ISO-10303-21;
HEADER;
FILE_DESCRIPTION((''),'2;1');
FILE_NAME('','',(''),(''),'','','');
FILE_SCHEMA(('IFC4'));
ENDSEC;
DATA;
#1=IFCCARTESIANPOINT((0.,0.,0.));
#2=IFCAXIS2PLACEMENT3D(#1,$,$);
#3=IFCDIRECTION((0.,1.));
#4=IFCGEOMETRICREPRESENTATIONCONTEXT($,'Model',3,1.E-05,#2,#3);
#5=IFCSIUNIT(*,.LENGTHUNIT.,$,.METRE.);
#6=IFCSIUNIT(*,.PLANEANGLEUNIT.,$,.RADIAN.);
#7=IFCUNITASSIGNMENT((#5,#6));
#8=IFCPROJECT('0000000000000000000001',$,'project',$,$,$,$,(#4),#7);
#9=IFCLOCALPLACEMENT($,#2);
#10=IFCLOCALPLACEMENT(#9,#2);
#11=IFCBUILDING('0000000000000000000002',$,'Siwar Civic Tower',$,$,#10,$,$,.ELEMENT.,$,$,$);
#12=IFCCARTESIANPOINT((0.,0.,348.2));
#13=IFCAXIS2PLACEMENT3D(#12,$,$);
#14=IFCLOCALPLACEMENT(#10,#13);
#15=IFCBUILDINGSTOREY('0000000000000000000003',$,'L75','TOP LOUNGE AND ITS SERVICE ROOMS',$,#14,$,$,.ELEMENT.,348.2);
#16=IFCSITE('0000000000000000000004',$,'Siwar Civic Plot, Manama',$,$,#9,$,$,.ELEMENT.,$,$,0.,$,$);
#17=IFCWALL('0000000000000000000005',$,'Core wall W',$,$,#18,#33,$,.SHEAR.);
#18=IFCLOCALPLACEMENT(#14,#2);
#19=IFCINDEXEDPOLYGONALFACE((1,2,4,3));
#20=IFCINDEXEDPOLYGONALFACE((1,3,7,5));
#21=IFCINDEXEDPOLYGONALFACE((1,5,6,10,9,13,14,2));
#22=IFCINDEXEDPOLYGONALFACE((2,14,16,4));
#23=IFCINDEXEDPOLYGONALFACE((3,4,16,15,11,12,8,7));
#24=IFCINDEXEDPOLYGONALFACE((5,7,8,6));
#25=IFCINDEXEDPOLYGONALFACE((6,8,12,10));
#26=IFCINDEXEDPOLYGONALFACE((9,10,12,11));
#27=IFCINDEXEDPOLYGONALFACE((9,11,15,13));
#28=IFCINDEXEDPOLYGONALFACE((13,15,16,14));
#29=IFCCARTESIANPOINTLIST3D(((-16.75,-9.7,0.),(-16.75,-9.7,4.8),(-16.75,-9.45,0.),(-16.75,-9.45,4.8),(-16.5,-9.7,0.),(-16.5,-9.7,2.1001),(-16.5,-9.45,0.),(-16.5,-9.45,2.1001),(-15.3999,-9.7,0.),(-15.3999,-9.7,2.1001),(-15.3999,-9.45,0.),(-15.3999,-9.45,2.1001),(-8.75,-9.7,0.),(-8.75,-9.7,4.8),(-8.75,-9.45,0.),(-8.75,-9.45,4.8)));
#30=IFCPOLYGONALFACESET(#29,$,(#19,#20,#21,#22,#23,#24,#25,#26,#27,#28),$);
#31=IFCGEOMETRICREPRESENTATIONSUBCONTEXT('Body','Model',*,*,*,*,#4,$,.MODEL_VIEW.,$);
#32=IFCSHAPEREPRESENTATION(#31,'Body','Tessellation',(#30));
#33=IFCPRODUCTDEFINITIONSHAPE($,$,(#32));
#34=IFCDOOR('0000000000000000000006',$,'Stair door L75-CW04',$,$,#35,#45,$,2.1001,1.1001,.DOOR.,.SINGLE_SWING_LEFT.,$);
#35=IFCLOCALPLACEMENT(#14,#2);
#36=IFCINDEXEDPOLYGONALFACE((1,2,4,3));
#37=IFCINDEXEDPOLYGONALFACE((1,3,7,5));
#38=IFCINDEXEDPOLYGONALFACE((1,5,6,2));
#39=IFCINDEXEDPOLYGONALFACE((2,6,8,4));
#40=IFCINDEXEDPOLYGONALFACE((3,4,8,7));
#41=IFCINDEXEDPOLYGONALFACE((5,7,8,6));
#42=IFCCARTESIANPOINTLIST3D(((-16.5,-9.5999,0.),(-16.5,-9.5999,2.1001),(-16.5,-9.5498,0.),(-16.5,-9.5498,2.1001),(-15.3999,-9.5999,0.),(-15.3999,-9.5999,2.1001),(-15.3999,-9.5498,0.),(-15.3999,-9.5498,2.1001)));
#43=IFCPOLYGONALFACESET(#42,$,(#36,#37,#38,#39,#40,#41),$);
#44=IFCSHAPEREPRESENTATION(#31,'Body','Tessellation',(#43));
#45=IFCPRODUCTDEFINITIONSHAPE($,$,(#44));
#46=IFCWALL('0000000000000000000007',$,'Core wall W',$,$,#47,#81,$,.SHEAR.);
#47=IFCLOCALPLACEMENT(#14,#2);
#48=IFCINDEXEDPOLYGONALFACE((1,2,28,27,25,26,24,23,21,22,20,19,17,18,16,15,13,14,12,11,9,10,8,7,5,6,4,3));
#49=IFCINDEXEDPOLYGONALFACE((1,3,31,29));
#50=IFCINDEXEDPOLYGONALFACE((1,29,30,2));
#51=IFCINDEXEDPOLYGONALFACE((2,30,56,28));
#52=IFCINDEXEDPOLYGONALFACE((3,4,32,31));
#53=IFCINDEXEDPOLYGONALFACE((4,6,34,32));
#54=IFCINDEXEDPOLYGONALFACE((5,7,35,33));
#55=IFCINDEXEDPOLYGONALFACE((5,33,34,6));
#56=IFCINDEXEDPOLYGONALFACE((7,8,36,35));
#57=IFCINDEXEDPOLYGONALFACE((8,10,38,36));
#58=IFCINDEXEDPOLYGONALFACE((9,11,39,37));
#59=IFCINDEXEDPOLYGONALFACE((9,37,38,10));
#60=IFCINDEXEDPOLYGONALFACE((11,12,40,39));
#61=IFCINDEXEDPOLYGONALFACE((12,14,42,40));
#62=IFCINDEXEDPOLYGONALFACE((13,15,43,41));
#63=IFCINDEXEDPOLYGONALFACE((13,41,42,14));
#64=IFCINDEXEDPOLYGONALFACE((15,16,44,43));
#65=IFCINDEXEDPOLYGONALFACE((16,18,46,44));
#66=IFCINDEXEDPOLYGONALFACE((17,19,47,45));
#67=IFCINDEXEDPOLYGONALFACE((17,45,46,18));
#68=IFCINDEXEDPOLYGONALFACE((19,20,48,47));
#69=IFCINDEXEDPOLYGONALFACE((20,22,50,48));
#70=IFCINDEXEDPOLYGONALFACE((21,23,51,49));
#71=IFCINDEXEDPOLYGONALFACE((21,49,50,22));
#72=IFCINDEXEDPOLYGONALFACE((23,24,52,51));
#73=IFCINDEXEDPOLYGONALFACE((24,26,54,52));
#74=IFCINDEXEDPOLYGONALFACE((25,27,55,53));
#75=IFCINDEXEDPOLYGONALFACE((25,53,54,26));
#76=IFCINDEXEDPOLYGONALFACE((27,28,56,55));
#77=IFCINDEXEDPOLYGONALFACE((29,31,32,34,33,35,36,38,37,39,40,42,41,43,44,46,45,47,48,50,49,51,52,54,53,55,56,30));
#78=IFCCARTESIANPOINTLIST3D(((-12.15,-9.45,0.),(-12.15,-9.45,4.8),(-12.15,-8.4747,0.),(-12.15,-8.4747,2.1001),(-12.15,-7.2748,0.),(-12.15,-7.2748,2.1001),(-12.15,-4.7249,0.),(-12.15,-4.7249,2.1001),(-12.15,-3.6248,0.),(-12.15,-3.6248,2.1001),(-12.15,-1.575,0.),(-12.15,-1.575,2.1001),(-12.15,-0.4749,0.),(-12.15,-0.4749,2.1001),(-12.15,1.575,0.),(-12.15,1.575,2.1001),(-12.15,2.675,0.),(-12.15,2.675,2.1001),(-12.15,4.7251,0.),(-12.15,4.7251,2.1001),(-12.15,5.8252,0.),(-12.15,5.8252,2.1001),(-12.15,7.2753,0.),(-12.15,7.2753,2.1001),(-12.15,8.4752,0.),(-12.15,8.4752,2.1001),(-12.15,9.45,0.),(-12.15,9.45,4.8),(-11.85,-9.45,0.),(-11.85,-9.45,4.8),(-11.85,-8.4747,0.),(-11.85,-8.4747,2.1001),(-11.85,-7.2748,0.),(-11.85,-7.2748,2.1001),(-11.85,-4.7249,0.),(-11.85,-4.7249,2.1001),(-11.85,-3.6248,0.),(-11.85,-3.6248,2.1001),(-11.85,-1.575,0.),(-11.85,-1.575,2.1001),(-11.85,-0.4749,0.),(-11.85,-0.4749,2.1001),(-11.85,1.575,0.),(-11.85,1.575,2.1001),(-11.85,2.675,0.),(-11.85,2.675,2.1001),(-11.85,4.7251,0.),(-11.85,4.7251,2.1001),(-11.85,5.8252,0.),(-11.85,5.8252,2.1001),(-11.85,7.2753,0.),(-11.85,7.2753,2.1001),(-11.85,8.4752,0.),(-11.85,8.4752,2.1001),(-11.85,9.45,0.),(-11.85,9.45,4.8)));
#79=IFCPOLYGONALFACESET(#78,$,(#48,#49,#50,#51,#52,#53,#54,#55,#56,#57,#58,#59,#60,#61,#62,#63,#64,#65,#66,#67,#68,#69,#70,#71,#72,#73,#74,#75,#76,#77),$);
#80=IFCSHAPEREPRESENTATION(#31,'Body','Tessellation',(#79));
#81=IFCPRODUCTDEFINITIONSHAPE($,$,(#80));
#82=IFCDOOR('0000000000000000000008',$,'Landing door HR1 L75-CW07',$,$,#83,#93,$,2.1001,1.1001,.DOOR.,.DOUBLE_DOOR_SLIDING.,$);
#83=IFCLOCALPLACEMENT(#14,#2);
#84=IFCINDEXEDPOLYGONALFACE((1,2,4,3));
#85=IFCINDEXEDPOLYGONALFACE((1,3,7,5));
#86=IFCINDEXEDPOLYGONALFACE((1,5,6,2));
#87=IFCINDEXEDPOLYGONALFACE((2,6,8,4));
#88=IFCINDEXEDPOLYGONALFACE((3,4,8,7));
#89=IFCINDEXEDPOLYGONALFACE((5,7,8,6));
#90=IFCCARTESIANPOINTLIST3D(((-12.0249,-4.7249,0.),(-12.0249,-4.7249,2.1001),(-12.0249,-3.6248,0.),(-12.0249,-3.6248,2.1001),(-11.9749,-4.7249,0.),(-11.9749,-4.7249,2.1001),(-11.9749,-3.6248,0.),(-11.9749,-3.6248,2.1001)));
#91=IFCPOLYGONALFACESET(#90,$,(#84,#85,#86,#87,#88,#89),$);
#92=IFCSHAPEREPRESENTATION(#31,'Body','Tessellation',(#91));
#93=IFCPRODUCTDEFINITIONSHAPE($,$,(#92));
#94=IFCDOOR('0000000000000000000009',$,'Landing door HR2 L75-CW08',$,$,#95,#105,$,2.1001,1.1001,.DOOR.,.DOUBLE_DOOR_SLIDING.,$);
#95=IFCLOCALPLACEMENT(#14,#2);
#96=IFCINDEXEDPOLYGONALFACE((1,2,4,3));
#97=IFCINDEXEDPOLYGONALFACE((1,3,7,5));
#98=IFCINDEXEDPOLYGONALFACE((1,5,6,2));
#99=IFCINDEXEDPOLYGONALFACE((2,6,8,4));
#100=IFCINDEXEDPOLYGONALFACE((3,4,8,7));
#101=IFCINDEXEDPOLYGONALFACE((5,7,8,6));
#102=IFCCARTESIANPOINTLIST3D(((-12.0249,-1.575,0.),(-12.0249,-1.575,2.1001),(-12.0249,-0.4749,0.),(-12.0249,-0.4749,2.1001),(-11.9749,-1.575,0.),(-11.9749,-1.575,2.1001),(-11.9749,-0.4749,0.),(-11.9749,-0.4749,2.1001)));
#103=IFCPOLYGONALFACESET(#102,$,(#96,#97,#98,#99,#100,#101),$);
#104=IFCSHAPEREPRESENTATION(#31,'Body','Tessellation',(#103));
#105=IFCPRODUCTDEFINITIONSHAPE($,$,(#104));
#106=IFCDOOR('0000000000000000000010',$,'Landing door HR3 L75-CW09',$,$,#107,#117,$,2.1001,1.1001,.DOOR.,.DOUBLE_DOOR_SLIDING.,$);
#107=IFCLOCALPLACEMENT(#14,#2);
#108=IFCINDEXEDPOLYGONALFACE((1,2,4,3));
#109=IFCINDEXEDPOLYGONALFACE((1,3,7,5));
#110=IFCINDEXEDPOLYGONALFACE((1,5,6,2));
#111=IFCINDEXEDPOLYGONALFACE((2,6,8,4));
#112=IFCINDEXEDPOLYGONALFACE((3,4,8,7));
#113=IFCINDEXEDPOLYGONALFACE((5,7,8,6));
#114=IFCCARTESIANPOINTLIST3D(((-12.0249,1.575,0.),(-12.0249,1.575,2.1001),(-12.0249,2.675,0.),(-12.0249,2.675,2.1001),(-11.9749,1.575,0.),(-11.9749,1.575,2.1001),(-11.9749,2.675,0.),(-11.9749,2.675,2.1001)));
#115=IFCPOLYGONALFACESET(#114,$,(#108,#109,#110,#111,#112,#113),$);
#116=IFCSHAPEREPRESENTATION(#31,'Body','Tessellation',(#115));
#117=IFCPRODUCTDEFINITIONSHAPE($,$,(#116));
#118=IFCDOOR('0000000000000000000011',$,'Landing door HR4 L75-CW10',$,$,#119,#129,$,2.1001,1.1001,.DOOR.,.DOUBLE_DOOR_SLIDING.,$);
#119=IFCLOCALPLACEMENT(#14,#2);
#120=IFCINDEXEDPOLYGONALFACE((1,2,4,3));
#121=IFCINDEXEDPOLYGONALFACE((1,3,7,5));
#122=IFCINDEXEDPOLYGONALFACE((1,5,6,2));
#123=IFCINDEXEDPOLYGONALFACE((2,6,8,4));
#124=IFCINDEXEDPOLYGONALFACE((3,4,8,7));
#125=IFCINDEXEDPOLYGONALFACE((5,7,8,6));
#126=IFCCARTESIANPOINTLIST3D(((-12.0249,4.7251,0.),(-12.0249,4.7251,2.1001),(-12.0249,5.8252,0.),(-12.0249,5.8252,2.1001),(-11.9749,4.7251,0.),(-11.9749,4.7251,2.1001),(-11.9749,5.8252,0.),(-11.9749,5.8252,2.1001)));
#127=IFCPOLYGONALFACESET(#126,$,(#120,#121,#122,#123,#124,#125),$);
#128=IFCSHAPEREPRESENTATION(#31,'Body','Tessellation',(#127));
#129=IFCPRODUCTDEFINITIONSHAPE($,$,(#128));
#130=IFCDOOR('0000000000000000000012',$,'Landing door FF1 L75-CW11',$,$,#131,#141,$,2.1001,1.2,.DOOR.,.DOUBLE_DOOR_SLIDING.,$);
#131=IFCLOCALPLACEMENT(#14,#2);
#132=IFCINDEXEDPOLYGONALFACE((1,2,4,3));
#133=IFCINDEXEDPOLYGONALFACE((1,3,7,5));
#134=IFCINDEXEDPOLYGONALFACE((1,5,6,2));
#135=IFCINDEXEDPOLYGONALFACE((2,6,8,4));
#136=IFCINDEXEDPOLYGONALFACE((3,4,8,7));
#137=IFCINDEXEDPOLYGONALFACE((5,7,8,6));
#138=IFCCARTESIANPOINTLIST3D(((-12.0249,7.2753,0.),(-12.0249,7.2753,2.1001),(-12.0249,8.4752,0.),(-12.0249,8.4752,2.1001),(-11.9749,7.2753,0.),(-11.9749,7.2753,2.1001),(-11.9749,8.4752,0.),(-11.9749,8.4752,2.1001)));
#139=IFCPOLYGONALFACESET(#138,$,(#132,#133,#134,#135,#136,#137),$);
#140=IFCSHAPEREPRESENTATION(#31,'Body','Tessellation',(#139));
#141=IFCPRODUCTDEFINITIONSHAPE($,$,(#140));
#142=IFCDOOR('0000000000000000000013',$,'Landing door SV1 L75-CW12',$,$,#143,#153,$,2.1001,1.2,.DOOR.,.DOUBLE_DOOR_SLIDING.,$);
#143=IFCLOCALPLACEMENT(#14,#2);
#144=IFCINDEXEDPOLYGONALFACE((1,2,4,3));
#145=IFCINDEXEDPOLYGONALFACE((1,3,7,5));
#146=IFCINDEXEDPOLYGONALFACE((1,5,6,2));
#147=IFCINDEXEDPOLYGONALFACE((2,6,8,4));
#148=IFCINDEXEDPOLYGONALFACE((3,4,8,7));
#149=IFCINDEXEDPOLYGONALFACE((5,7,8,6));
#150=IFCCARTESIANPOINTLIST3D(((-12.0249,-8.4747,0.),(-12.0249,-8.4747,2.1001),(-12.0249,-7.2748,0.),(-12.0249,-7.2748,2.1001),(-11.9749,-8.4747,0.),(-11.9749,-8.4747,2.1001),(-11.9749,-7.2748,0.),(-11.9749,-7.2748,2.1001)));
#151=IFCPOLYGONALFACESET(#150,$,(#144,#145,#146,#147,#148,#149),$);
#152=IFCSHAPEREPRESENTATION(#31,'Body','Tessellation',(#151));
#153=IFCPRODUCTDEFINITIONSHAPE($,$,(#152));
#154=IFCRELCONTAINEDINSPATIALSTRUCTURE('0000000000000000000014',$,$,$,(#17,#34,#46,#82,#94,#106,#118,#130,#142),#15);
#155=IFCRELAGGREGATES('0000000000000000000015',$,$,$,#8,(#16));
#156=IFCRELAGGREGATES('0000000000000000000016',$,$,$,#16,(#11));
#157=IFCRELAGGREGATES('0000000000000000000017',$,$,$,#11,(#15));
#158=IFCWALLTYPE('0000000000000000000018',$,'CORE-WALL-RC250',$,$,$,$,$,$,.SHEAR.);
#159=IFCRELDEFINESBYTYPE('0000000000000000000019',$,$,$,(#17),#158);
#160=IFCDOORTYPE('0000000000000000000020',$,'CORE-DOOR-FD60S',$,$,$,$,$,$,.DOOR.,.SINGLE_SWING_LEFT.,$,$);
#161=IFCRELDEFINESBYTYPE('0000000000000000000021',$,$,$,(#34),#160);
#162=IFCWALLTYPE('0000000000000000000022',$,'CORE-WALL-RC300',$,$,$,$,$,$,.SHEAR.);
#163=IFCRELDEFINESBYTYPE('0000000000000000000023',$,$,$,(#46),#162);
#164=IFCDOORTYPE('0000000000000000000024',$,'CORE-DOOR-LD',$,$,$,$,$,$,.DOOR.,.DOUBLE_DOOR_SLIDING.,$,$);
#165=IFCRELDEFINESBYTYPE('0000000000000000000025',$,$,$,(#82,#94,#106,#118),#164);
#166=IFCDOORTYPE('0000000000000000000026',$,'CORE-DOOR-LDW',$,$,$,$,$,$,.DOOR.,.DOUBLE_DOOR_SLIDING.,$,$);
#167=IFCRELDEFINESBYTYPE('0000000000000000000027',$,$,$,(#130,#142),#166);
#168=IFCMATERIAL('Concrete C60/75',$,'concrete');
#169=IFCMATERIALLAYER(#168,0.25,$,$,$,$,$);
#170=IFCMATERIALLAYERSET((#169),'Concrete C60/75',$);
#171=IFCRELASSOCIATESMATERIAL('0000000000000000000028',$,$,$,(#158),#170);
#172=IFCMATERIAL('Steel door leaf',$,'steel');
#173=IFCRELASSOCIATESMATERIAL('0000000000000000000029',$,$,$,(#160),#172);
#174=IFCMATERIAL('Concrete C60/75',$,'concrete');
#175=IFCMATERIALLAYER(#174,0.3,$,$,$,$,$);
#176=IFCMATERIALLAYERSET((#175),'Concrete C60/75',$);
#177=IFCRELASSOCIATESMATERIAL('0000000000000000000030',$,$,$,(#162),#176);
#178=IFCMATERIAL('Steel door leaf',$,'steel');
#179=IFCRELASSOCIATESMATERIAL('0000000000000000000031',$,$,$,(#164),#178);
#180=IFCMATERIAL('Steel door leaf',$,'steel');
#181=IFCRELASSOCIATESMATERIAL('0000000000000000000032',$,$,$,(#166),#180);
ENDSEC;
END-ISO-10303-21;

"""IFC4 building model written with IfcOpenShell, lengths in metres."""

from ifc_helpers import new_model, si_unit, direction, frame, frame_2d, origin, place, context, subcontext, project, spatial, rectangle, extrude, material, layer, layer_set, type_object, element, fill, save


model = new_model("IFC4")

# Units and contexts
model_context = context("Model", 3, precision=1e-05, world=origin(), true_north=direction((0.0, 1.0)))
body_context = subcontext(model_context, "Body", "Model", "MODEL_VIEW")
ifc_project = project(units=[si_unit("LENGTHUNIT", "METRE"), si_unit("PLANEANGLEUNIT", "RADIAN")], contexts=[model_context])

# Site, building, storey
site_placement = place(None, origin())
site = spatial("IfcSite", under=ifc_project, at=site_placement, Name="Siwar Civic Plot, Manama", CompositionType="ELEMENT", RefElevation=0.0)
building_placement = place(site_placement, origin())
building = spatial("IfcBuilding", under=site, at=building_placement, Name="Siwar Civic Tower", CompositionType="ELEMENT")
storey_placement = place(building_placement, frame((0.0, 0.0, 348.2)))
storey = spatial("IfcBuildingStorey", under=building, at=storey_placement, Name="L75", Description="TOP LOUNGE AND ITS SERVICE ROOMS", CompositionType="ELEMENT", Elevation=348.2)

# Shared definitions
ifc_material_1 = material(Name="Concrete C60/75", Category="concrete")
ifc_layer_1 = layer(ifc_material_1, 0.25)
ifc_layer_set_1 = layer_set([ifc_layer_1], Name="Concrete C60/75")
wall_type_1 = type_object("IfcWallType", Name="CORE-WALL-RC250", PredefinedType="SHEAR", material=ifc_layer_set_1)

# Wall, opening, door
wall_1_placement = place(storey_placement, frame((-8.75, -9.575, 0.0), z_axis=(0.0, 0.0, 1.0), x_axis=(-1.0, 0.0, 0.0)))
wall_1 = element("IfcWall", 1, at=wall_1_placement, inside=storey, type_object=wall_type_1, Name="Core wall W", PredefinedType="SHEAR", context=body_context, shape_type="SweptSolid", body=[
    extrude(rectangle(XDim=8.0, YDim=0.25, at=frame_2d((4.0, 0.0))), origin(), (0.0, 0.0, 1.0), 4.8),
])
opening_1_placement = place(wall_1_placement, frame((6.6499, 0.0, 0.0)))
opening_1 = element("IfcOpeningElement", 2, at=opening_1_placement, cuts=wall_1, PredefinedType="OPENING", context=body_context, shape_type="SweptSolid", body=[
    extrude(rectangle(XDim=1.1001, YDim=2.1001, at=frame_2d((0.55, 1.05))), frame((0.0, 0.135, 0.0), z_axis=(0.0, -1.0, 0.0), x_axis=(1.0, 0.0, 0.0)), (0.0, 0.0, 1.0), 0.27),
])
ifc_material_2 = material(Name="Steel door leaf", Category="steel")
door_type_1 = type_object("IfcDoorType", Name="CORE-DOOR-FD60S", OperationType="SINGLE_SWING_LEFT", PredefinedType="DOOR", material=ifc_material_2)
door_1_placement = place(opening_1_placement, origin())
door_1 = element("IfcDoor", 3, at=door_1_placement, inside=storey, type_object=door_type_1, Name="Stair door L75-CW04", OperationType="SINGLE_SWING_LEFT", OverallHeight=2.1001, OverallWidth=1.1001, PredefinedType="DOOR", context=body_context, shape_type="SweptSolid", body=[
    extrude(rectangle(XDim=1.1001, YDim=2.1001, at=frame_2d((0.55, 1.05))), frame((0.0, 0.0249, 0.0), z_axis=(0.0, -1.0, 0.0), x_axis=(1.0, 0.0, 0.0)), (0.0, 0.0, 1.0), 0.05),
])
fill(opening_1, door_1)

# Wall, openings, doors
ifc_material_3 = material(Name="Concrete C60/75", Category="concrete")
ifc_layer_2 = layer(ifc_material_3, 0.3)
ifc_layer_set_2 = layer_set([ifc_layer_2], Name="Concrete C60/75")
wall_type_2 = type_object("IfcWallType", Name="CORE-WALL-RC300", PredefinedType="SHEAR", material=ifc_layer_set_2)
wall_2_placement = place(storey_placement, frame((-12.0, -9.45, 0.0), z_axis=(0.0, 0.0, 1.0), x_axis=(0.0, 1.0, 0.0)))
wall_2 = element("IfcWall", 4, at=wall_2_placement, inside=storey, type_object=wall_type_2, Name="Core wall W", PredefinedType="SHEAR", context=body_context, shape_type="SweptSolid", body=[
    extrude(rectangle(XDim=18.8999, YDim=0.3, at=frame_2d((9.45, 0.0))), origin(), (0.0, 0.0, 1.0), 4.8),
])
opening_2_placement = place(wall_2_placement, frame((4.7251, 0.0, 0.0)))
opening_2 = element("IfcOpeningElement", 5, at=opening_2_placement, cuts=wall_2, PredefinedType="OPENING", context=body_context, shape_type="SweptSolid", body=[
    extrude(rectangle(XDim=1.1001, YDim=2.1001, at=frame_2d((0.55, 1.05))), frame((0.0, 0.1602, 0.0), z_axis=(0.0, -1.0, 0.0), x_axis=(1.0, 0.0, 0.0)), (0.0, 0.0, 1.0), 0.3201),
])
opening_3_placement = place(wall_2_placement, frame((7.875, 0.0, 0.0)))
opening_3 = element("IfcOpeningElement", 6, at=opening_3_placement, cuts=wall_2, PredefinedType="OPENING", context=body_context, shape_type="SweptSolid", body=[
    extrude(rectangle(XDim=1.1001, YDim=2.1001, at=frame_2d((0.55, 1.05))), frame((0.0, 0.1602, 0.0), z_axis=(0.0, -1.0, 0.0), x_axis=(1.0, 0.0, 0.0)), (0.0, 0.0, 1.0), 0.3201),
])
opening_4_placement = place(wall_2_placement, frame((11.0249, 0.0, 0.0)))
opening_4 = element("IfcOpeningElement", 7, at=opening_4_placement, cuts=wall_2, PredefinedType="OPENING", context=body_context, shape_type="SweptSolid", body=[
    extrude(rectangle(XDim=1.1001, YDim=2.1001, at=frame_2d((0.55, 1.05))), frame((0.0, 0.1602, 0.0), z_axis=(0.0, -1.0, 0.0), x_axis=(1.0, 0.0, 0.0)), (0.0, 0.0, 1.0), 0.3201),
])
opening_5_placement = place(wall_2_placement, frame((14.175, 0.0, 0.0)))
opening_5 = element("IfcOpeningElement", 8, at=opening_5_placement, cuts=wall_2, PredefinedType="OPENING", context=body_context, shape_type="SweptSolid", body=[
    extrude(rectangle(XDim=1.1001, YDim=2.1001, at=frame_2d((0.55, 1.05))), frame((0.0, 0.1602, 0.0), z_axis=(0.0, -1.0, 0.0), x_axis=(1.0, 0.0, 0.0)), (0.0, 0.0, 1.0), 0.3201),
])
opening_6_placement = place(wall_2_placement, frame((16.7251, 0.0, 0.0)))
opening_6 = element("IfcOpeningElement", 9, at=opening_6_placement, cuts=wall_2, PredefinedType="OPENING", context=body_context, shape_type="SweptSolid", body=[
    extrude(rectangle(XDim=1.2, YDim=2.1001, at=frame_2d((0.6001, 1.05))), frame((0.0, 0.1602, 0.0), z_axis=(0.0, -1.0, 0.0), x_axis=(1.0, 0.0, 0.0)), (0.0, 0.0, 1.0), 0.3201),
])
opening_7_placement = place(wall_2_placement, frame((0.9751, 0.0, 0.0)))
opening_7 = element("IfcOpeningElement", 10, at=opening_7_placement, cuts=wall_2, PredefinedType="OPENING", context=body_context, shape_type="SweptSolid", body=[
    extrude(rectangle(XDim=1.2, YDim=2.1001, at=frame_2d((0.6001, 1.05))), frame((0.0, 0.1602, 0.0), z_axis=(0.0, -1.0, 0.0), x_axis=(1.0, 0.0, 0.0)), (0.0, 0.0, 1.0), 0.3201),
])
ifc_material_4 = material(Name="Steel door leaf", Category="steel")
door_type_2 = type_object("IfcDoorType", Name="CORE-DOOR-LD", OperationType="DOUBLE_DOOR_SLIDING", PredefinedType="DOOR", material=ifc_material_4)
door_2_placement = place(opening_2_placement, origin())
door_2 = element("IfcDoor", 11, at=door_2_placement, inside=storey, type_object=door_type_2, Name="Landing door HR1 L75-CW07", OperationType="DOUBLE_DOOR_SLIDING", OverallHeight=2.1001, OverallWidth=1.1001, PredefinedType="DOOR", context=body_context, shape_type="SweptSolid", body=[
    extrude(rectangle(XDim=1.1001, YDim=2.1001, at=frame_2d((0.55, 1.05))), frame((0.0, 0.0249, 0.0), z_axis=(0.0, -1.0, 0.0), x_axis=(1.0, 0.0, 0.0)), (0.0, 0.0, 1.0), 0.05),
])
fill(opening_2, door_2)
door_3_placement = place(opening_3_placement, origin())
door_3 = element("IfcDoor", 12, at=door_3_placement, inside=storey, type_object=door_type_2, Name="Landing door HR2 L75-CW08", OperationType="DOUBLE_DOOR_SLIDING", OverallHeight=2.1001, OverallWidth=1.1001, PredefinedType="DOOR", context=body_context, shape_type="SweptSolid", body=[
    extrude(rectangle(XDim=1.1001, YDim=2.1001, at=frame_2d((0.55, 1.05))), frame((0.0, 0.0249, 0.0), z_axis=(0.0, -1.0, 0.0), x_axis=(1.0, 0.0, 0.0)), (0.0, 0.0, 1.0), 0.05),
])
fill(opening_3, door_3)
door_4_placement = place(opening_4_placement, origin())
door_4 = element("IfcDoor", 13, at=door_4_placement, inside=storey, type_object=door_type_2, Name="Landing door HR3 L75-CW09", OperationType="DOUBLE_DOOR_SLIDING", OverallHeight=2.1001, OverallWidth=1.1001, PredefinedType="DOOR", context=body_context, shape_type="SweptSolid", body=[
    extrude(rectangle(XDim=1.1001, YDim=2.1001, at=frame_2d((0.55, 1.05))), frame((0.0, 0.0249, 0.0), z_axis=(0.0, -1.0, 0.0), x_axis=(1.0, 0.0, 0.0)), (0.0, 0.0, 1.0), 0.05),
])
fill(opening_4, door_4)
door_5_placement = place(opening_5_placement, origin())
door_5 = element("IfcDoor", 14, at=door_5_placement, inside=storey, type_object=door_type_2, Name="Landing door HR4 L75-CW10", OperationType="DOUBLE_DOOR_SLIDING", OverallHeight=2.1001, OverallWidth=1.1001, PredefinedType="DOOR", context=body_context, shape_type="SweptSolid", body=[
    extrude(rectangle(XDim=1.1001, YDim=2.1001, at=frame_2d((0.55, 1.05))), frame((0.0, 0.0249, 0.0), z_axis=(0.0, -1.0, 0.0), x_axis=(1.0, 0.0, 0.0)), (0.0, 0.0, 1.0), 0.05),
])
fill(opening_5, door_5)
ifc_material_5 = material(Name="Steel door leaf", Category="steel")
door_type_3 = type_object("IfcDoorType", Name="CORE-DOOR-LDW", OperationType="DOUBLE_DOOR_SLIDING", PredefinedType="DOOR", material=ifc_material_5)
door_6_placement = place(opening_6_placement, origin())
door_6 = element("IfcDoor", 15, at=door_6_placement, inside=storey, type_object=door_type_3, Name="Landing door FF1 L75-CW11", OperationType="DOUBLE_DOOR_SLIDING", OverallHeight=2.1001, OverallWidth=1.2, PredefinedType="DOOR", context=body_context, shape_type="SweptSolid", body=[
    extrude(rectangle(XDim=1.2, YDim=2.1001, at=frame_2d((0.6001, 1.05))), frame((0.0, 0.0249, 0.0), z_axis=(0.0, -1.0, 0.0), x_axis=(1.0, 0.0, 0.0)), (0.0, 0.0, 1.0), 0.05),
])
fill(opening_6, door_6)
door_7_placement = place(opening_7_placement, origin())
door_7 = element("IfcDoor", 16, at=door_7_placement, inside=storey, type_object=door_type_3, Name="Landing door SV1 L75-CW12", OperationType="DOUBLE_DOOR_SLIDING", OverallHeight=2.1001, OverallWidth=1.2, PredefinedType="DOOR", context=body_context, shape_type="SweptSolid", body=[
    extrude(rectangle(XDim=1.2, YDim=2.1001, at=frame_2d((0.6001, 1.05))), frame((0.0, 0.0249, 0.0), z_axis=(0.0, -1.0, 0.0), x_axis=(1.0, 0.0, 0.0)), (0.0, 0.0, 1.0), 0.05),
])
fill(opening_7, door_7)

save(model, "model.ifc")
